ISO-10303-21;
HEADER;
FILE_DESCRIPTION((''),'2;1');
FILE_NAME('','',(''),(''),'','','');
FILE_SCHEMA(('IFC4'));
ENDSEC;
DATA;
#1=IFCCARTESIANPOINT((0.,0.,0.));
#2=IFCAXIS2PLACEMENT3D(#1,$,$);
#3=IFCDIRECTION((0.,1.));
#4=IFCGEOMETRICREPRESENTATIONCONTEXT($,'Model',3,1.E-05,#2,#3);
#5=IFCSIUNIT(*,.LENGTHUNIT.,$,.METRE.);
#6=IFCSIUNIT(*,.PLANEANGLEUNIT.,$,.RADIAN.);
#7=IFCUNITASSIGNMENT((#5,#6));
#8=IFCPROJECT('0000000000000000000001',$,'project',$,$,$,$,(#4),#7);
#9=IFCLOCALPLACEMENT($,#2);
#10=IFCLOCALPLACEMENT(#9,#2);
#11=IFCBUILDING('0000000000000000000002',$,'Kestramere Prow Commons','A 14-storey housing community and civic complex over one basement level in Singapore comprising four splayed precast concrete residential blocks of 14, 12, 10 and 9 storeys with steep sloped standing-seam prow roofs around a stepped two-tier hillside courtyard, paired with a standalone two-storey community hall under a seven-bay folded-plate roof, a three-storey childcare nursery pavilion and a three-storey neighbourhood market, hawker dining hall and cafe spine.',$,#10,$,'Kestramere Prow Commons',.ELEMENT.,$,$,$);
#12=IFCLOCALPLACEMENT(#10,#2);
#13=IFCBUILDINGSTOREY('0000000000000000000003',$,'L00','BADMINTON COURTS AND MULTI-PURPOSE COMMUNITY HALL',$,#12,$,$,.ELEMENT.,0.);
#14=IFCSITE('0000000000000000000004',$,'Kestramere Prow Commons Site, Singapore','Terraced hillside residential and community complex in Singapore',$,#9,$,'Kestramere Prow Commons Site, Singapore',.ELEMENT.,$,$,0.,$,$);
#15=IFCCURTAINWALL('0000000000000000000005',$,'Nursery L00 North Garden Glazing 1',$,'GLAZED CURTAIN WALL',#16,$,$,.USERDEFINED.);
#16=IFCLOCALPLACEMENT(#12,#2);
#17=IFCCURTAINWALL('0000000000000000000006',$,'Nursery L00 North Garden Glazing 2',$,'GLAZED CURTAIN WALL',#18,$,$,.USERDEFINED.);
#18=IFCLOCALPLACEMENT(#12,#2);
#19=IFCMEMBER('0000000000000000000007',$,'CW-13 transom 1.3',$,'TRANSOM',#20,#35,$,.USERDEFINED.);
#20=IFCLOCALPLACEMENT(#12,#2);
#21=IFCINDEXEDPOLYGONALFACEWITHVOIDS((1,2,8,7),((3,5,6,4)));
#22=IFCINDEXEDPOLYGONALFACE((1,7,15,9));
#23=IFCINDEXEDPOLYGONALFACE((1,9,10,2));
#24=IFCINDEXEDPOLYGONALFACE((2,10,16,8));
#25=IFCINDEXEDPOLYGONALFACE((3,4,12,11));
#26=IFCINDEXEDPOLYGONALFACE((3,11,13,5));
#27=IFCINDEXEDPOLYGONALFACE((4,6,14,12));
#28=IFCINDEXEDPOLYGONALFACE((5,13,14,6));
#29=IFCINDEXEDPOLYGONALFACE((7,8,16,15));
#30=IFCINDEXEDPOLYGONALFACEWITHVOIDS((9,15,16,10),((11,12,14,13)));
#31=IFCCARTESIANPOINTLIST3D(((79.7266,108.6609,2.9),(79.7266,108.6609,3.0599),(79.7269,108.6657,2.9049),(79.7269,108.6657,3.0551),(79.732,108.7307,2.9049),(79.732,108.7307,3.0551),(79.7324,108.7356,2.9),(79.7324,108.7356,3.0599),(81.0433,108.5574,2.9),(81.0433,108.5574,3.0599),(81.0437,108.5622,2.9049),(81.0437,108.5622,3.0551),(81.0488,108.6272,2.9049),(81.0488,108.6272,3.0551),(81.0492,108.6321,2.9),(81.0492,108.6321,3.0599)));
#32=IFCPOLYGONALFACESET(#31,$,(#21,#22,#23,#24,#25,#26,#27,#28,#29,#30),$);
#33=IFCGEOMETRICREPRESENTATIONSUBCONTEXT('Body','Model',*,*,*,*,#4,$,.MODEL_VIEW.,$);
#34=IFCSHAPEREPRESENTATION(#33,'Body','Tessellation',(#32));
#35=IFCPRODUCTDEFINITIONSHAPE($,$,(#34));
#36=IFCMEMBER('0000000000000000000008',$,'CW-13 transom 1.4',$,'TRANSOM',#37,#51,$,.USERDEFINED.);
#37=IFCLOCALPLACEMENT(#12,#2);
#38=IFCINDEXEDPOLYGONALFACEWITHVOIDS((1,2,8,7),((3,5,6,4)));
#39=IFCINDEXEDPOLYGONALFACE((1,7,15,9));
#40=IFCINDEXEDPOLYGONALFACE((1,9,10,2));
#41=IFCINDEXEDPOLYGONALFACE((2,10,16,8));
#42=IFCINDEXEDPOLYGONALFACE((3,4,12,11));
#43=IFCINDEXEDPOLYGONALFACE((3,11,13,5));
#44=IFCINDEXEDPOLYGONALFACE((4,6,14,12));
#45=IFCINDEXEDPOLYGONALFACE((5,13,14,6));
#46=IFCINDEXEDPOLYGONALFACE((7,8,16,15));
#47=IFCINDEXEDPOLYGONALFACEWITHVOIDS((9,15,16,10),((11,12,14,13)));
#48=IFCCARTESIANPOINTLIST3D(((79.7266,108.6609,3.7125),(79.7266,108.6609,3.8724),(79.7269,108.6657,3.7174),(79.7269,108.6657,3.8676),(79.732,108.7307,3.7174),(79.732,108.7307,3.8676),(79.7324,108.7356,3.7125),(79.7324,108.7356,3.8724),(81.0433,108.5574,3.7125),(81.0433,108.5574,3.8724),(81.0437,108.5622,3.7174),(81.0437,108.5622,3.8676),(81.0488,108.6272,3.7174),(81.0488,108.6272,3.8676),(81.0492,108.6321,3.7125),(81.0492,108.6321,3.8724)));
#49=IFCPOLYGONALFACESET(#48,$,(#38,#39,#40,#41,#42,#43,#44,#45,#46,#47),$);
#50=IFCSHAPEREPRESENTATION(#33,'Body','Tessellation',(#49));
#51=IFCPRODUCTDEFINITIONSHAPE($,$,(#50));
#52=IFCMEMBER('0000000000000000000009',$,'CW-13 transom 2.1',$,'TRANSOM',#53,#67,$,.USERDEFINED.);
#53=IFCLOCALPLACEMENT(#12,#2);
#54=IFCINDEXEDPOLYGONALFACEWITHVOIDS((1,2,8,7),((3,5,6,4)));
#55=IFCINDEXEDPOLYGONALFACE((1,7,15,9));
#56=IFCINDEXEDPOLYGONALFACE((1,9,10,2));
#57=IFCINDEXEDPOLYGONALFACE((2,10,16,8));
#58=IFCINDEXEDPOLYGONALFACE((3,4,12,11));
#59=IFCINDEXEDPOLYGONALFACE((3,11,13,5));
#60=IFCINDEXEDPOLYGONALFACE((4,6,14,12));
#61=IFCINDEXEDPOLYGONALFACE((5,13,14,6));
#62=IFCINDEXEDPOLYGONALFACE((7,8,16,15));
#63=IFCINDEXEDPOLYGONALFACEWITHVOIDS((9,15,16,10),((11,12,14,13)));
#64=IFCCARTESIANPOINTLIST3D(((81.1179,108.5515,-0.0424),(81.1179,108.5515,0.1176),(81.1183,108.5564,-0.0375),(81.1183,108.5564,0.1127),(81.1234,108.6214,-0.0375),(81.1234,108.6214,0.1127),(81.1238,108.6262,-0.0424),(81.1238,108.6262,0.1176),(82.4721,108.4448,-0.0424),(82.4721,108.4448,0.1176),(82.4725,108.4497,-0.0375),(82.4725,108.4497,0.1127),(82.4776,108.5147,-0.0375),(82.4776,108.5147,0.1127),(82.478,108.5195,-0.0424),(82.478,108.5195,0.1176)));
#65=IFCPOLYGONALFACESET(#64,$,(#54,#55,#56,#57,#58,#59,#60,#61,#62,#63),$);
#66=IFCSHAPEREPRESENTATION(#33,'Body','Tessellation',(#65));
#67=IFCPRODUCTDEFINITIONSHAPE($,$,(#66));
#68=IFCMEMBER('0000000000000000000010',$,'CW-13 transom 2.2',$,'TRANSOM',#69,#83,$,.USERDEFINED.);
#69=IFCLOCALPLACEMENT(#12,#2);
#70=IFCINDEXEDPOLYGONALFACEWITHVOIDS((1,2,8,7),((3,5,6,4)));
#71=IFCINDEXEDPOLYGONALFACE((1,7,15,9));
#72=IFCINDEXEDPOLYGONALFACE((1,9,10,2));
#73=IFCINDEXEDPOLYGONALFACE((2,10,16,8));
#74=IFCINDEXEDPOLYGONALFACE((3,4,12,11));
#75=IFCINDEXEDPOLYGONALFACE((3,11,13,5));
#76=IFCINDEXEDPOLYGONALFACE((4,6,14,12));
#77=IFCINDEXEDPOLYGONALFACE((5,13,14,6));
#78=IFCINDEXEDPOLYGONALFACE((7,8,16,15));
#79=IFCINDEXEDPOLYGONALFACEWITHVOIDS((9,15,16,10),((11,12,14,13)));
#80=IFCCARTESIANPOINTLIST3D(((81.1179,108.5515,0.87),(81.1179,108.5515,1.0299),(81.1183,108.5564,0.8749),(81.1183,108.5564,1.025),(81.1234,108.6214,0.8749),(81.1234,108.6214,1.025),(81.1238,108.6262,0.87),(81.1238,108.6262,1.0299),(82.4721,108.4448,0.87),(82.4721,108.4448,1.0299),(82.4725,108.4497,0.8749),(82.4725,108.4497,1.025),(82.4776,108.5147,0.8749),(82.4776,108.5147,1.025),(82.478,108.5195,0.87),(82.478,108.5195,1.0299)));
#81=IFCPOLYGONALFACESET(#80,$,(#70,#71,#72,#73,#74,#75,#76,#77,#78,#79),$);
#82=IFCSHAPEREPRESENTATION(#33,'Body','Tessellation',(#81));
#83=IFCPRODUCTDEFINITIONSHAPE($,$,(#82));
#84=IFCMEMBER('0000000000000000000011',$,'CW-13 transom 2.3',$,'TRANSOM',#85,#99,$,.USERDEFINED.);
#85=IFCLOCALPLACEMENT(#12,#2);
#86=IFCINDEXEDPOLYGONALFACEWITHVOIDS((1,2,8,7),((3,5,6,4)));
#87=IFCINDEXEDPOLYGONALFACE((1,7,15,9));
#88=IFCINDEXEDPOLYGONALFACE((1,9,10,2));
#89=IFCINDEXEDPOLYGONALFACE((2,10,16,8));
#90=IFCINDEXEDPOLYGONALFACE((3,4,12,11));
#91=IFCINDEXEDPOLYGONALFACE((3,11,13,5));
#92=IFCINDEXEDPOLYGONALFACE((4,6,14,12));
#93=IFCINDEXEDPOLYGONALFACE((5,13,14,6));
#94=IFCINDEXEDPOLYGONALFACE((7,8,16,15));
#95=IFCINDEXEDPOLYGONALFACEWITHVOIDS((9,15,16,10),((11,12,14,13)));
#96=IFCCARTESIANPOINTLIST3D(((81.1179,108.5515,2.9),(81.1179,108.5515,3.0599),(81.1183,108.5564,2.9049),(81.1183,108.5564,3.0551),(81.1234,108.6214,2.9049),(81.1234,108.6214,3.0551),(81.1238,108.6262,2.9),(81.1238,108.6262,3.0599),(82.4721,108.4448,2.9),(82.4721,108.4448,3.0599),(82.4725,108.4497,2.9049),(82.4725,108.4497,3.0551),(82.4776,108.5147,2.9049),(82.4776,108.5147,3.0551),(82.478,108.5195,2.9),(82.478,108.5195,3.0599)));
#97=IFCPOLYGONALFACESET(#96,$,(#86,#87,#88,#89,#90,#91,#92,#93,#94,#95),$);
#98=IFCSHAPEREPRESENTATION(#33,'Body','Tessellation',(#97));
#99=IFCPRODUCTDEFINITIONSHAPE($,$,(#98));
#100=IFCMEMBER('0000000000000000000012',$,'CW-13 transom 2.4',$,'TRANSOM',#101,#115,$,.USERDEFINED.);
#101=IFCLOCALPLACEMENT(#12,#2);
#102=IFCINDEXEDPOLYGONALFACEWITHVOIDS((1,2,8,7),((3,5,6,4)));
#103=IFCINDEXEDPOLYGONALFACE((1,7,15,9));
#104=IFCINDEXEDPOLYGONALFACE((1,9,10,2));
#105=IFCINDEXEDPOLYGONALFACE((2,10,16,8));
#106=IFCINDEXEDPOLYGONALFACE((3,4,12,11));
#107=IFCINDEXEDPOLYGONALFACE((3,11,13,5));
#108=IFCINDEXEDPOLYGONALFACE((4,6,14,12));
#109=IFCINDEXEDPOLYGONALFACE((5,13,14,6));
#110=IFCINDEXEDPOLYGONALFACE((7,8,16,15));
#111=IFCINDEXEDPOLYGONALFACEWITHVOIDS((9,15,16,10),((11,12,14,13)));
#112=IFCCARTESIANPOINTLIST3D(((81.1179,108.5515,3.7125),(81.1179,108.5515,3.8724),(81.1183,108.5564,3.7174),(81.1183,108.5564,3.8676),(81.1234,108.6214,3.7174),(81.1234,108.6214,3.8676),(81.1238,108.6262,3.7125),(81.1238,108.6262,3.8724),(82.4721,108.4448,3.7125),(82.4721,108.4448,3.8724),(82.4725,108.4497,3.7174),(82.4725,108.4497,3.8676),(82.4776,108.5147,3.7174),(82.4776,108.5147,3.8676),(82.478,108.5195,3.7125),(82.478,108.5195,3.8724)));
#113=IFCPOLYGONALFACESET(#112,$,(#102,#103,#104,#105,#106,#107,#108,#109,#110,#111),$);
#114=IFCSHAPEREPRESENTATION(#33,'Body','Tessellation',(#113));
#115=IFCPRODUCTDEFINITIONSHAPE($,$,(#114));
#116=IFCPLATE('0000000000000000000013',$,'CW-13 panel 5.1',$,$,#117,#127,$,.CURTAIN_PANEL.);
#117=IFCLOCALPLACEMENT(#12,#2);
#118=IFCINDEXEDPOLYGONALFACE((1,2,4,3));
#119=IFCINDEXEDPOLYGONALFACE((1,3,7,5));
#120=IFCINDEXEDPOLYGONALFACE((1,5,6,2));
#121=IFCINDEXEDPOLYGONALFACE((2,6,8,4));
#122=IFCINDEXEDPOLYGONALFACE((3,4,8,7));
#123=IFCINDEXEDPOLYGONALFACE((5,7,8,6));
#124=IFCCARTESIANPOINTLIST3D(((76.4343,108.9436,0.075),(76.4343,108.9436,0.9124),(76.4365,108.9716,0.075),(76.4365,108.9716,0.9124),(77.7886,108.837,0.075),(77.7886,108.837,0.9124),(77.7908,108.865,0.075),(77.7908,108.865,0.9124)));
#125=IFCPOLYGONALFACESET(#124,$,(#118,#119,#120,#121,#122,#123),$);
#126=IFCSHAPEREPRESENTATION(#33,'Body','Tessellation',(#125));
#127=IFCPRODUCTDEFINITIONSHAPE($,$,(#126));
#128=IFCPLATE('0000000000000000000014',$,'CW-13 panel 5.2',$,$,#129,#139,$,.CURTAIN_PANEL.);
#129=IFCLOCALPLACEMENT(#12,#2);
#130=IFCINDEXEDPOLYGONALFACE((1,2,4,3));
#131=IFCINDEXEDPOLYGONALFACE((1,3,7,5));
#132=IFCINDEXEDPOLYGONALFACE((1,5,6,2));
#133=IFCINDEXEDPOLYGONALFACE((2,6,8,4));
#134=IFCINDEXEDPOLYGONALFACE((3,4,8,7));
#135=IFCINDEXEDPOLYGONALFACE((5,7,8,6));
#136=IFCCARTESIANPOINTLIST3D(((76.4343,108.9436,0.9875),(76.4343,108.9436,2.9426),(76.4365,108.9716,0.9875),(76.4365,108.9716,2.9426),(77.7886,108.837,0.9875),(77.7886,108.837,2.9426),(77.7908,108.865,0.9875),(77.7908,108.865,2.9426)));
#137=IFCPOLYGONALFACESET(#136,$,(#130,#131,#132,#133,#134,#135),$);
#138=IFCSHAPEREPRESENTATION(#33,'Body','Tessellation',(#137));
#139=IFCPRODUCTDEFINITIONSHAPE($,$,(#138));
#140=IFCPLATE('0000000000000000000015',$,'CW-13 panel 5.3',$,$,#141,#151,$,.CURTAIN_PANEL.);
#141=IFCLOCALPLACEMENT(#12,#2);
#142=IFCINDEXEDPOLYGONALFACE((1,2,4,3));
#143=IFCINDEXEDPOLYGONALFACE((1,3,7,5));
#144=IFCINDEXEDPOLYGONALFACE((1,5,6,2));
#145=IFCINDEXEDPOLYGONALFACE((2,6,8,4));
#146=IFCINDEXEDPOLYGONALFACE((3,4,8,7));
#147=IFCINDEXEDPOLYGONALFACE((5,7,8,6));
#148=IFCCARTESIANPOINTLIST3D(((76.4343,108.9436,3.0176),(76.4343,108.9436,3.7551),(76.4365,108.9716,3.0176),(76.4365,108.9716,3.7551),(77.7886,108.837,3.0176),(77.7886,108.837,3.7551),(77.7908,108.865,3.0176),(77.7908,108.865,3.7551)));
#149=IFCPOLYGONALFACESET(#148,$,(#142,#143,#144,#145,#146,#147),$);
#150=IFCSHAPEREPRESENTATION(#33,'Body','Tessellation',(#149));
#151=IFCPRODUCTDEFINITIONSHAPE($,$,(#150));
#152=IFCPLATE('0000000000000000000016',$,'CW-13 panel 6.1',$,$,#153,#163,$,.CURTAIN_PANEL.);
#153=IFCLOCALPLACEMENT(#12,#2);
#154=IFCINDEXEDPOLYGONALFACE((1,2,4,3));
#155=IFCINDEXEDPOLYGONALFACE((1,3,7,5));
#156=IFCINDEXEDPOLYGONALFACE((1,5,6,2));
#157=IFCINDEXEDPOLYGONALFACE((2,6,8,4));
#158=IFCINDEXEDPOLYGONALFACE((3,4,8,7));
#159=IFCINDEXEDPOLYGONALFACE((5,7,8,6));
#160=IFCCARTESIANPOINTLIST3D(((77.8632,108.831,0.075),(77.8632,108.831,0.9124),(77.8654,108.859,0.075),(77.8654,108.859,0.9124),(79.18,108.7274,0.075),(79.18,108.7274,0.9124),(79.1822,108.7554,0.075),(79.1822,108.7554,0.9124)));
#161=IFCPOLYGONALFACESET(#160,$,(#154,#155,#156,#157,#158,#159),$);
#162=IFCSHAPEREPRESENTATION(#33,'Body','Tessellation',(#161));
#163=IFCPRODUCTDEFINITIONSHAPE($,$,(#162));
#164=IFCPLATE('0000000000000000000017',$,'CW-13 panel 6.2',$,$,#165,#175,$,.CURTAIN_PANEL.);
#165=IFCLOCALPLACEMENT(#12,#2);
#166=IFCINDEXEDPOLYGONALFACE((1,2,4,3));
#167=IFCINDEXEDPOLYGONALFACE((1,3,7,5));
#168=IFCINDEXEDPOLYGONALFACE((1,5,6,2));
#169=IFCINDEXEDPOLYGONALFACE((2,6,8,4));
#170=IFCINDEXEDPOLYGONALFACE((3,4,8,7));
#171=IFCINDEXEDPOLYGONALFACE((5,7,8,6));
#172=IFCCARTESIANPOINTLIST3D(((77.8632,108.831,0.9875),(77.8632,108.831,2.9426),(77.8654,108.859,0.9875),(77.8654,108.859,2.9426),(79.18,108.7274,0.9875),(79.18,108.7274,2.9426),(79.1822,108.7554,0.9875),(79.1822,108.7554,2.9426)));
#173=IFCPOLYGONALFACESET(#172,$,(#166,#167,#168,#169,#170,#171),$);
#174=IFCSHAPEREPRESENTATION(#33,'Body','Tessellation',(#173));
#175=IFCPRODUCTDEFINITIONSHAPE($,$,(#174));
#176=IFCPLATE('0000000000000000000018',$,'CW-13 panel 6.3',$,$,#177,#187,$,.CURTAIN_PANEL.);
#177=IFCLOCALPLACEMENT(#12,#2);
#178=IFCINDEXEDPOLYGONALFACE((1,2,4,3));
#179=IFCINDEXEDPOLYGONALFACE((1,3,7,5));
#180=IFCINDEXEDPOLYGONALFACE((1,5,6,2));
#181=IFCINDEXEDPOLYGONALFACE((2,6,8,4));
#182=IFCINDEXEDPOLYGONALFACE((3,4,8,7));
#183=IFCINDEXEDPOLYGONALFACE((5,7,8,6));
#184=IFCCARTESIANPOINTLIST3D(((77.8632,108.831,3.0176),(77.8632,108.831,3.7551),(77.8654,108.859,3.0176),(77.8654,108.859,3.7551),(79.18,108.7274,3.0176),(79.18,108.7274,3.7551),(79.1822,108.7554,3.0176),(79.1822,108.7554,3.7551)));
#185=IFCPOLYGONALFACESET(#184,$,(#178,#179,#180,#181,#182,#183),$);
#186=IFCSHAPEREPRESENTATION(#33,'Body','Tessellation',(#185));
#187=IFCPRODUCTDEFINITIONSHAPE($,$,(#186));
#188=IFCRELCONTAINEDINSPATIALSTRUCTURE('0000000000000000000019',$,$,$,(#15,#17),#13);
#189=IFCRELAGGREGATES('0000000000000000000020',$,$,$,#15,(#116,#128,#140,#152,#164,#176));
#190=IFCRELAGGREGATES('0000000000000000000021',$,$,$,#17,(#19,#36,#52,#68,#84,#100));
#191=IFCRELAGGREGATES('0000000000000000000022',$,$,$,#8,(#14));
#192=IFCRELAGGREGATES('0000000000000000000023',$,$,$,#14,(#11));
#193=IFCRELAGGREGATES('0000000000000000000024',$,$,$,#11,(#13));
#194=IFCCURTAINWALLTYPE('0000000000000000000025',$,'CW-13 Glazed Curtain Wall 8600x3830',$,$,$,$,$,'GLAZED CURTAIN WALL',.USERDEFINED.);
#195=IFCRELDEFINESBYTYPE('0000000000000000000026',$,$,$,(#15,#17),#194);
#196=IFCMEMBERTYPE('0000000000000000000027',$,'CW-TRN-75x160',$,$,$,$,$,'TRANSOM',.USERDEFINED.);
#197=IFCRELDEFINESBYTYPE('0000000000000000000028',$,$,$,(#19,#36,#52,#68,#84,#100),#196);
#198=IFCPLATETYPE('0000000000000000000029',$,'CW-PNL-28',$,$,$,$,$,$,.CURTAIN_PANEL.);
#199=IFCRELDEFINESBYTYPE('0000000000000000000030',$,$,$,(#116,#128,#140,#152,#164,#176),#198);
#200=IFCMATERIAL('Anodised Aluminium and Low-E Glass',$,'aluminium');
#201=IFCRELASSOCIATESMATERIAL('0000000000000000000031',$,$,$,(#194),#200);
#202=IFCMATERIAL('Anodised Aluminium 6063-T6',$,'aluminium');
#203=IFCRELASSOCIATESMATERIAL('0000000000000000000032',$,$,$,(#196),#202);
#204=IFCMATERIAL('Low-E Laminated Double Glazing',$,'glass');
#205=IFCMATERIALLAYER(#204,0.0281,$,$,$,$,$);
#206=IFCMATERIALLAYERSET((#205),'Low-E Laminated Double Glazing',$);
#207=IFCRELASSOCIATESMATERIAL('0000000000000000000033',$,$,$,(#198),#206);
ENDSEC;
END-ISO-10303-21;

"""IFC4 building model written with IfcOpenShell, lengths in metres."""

from ifc_helpers import new_model, si_unit, direction, frame, origin, origin_2d, place, context, subcontext, project, spatial, rectangle, hollow_rectangle, extrude, material, layer, layer_set, material_profile, profile_set, type_object, element, aggregate, save


model = new_model("IFC4")

# Units and contexts
model_context = context("Model", 3, precision=1e-05, world=origin(), true_north=direction((0.0, 1.0)))
body_context = subcontext(model_context, "Body", "Model", "MODEL_VIEW")
ifc_project = project(units=[si_unit("LENGTHUNIT", "METRE"), si_unit("PLANEANGLEUNIT", "RADIAN")], contexts=[model_context])

# Site, building, storey
site_placement = place(None, origin())
site = spatial("IfcSite", under=ifc_project, at=site_placement, Name="Kestramere Prow Commons Site, Singapore", Description="Terraced hillside residential and community complex in Singapore", LongName="Kestramere Prow Commons Site, Singapore", CompositionType="ELEMENT", RefElevation=0.0)
building_placement = place(site_placement, origin())
building = spatial("IfcBuilding", under=site, at=building_placement, Name="Kestramere Prow Commons", Description="A 14-storey housing community and civic complex over one basement level in Singapore comprising four splayed precast concrete residential blocks of 14, 12, 10 and 9 storeys with steep sloped standing-seam prow roofs around a stepped two-tier hillside courtyard, paired with a standalone two-storey community hall under a seven-bay folded-plate roof, a three-storey childcare nursery pavilion and a three-storey neighbourhood market, hawker dining hall and cafe spine.", LongName="Kestramere Prow Commons", CompositionType="ELEMENT")
storey_placement = place(building_placement, origin())
storey = spatial("IfcBuildingStorey", under=building, at=storey_placement, Name="L00", Description="BADMINTON COURTS AND MULTI-PURPOSE COMMUNITY HALL", CompositionType="ELEMENT", Elevation=0.0)

# Curtain walls
ifc_material_1 = material(Name="Anodised Aluminium and Low-E Glass", Category="aluminium")
curtain_wall_type = type_object("IfcCurtainWallType", Name="CW-13 Glazed Curtain Wall 8600x3830", ElementType="GLAZED CURTAIN WALL", PredefinedType="USERDEFINED", material=ifc_material_1)
curtain_wall_1_placement = place(storey_placement, origin())
curtain_wall_1 = element("IfcCurtainWall", 1, at=curtain_wall_1_placement, inside=storey, type_object=curtain_wall_type, Name="Nursery L00 North Garden Glazing 1", ObjectType="GLAZED CURTAIN WALL", PredefinedType="USERDEFINED")
ifc_material_2 = material(Name="Anodised Aluminium 6063-T6", Category="aluminium")
curtain_wall_2_placement = place(storey_placement, origin())
curtain_wall_2 = element("IfcCurtainWall", 2, at=curtain_wall_2_placement, inside=storey, type_object=curtain_wall_type, Name="Nursery L00 North Garden Glazing 2", ObjectType="GLAZED CURTAIN WALL", PredefinedType="USERDEFINED")

# Members
ifc_material_profile_1 = material_profile(ifc_material_2, hollow_rectangle(XDim=0.075, YDim=0.1599, WallThickness=0.0049, at=origin_2d()), Name="ALU-TRN 75x160")
ifc_profile_set_1 = profile_set([ifc_material_profile_1], Name="Anodised Aluminium 6063-T6")
member_type_1 = type_object("IfcMemberType", Name="CW-TRN-75x160", ElementType="TRANSOM", PredefinedType="USERDEFINED", material=ifc_profile_set_1)
member_1_placement = place(storey_placement, frame((79.7295, 108.6982, 2.98), z_axis=(0.996924, -0.078379, 0.0), x_axis=(0.078379, 0.996924, 0.0)))
member_1 = element("IfcMember", 3, at=member_1_placement, type_object=member_type_1, Name="CW-13 transom 1.3", ObjectType="TRANSOM", PredefinedType="USERDEFINED", context=body_context, shape_type="SweptSolid", body=[
    extrude(hollow_rectangle(XDim=0.075, YDim=0.1599, WallThickness=0.0049, at=origin_2d()), origin(), (0.0, 0.0, 1.0), 1.3208),
])
member_2_placement = place(storey_placement, frame((79.7295, 108.6982, 3.7925), z_axis=(0.996924, -0.078379, 0.0), x_axis=(0.078379, 0.996924, 0.0)))
member_2 = element("IfcMember", 4, at=member_2_placement, type_object=member_type_1, Name="CW-13 transom 1.4", ObjectType="TRANSOM", PredefinedType="USERDEFINED", context=body_context, shape_type="SweptSolid", body=[
    extrude(hollow_rectangle(XDim=0.075, YDim=0.1599, WallThickness=0.0049, at=origin_2d()), origin(), (0.0, 0.0, 1.0), 1.3208),
])
member_3_placement = place(storey_placement, frame((81.1208, 108.5889, 0.0376), z_axis=(0.996911, -0.078538, 0.0), x_axis=(0.078538, 0.996911, 0.0)))
member_3 = element("IfcMember", 5, at=member_3_placement, type_object=member_type_1, Name="CW-13 transom 2.1", ObjectType="TRANSOM", PredefinedType="USERDEFINED", context=body_context, shape_type="SweptSolid", body=[
    extrude(hollow_rectangle(XDim=0.075, YDim=0.1599, WallThickness=0.0049, at=origin_2d()), origin(), (0.0, 0.0, 1.0), 1.3584),
])
member_4_placement = place(storey_placement, frame((81.1208, 108.5889, 0.95), z_axis=(0.996911, -0.078538, 0.0), x_axis=(0.078538, 0.996911, 0.0)))
member_4 = element("IfcMember", 6, at=member_4_placement, type_object=member_type_1, Name="CW-13 transom 2.2", ObjectType="TRANSOM", PredefinedType="USERDEFINED", context=body_context, shape_type="SweptSolid", body=[
    extrude(hollow_rectangle(XDim=0.075, YDim=0.1599, WallThickness=0.0049, at=origin_2d()), origin(), (0.0, 0.0, 1.0), 1.3584),
])
member_5_placement = place(storey_placement, frame((81.1208, 108.5889, 2.98), z_axis=(0.996911, -0.078538, 0.0), x_axis=(0.078538, 0.996911, 0.0)))
member_5 = element("IfcMember", 7, at=member_5_placement, type_object=member_type_1, Name="CW-13 transom 2.3", ObjectType="TRANSOM", PredefinedType="USERDEFINED", context=body_context, shape_type="SweptSolid", body=[
    extrude(hollow_rectangle(XDim=0.075, YDim=0.1599, WallThickness=0.0049, at=origin_2d()), origin(), (0.0, 0.0, 1.0), 1.3584),
])
member_6_placement = place(storey_placement, frame((81.1208, 108.5889, 3.7925), z_axis=(0.996911, -0.078538, 0.0), x_axis=(0.078538, 0.996911, 0.0)))
member_6 = element("IfcMember", 8, at=member_6_placement, type_object=member_type_1, Name="CW-13 transom 2.4", ObjectType="TRANSOM", PredefinedType="USERDEFINED", context=body_context, shape_type="SweptSolid", body=[
    extrude(hollow_rectangle(XDim=0.075, YDim=0.1599, WallThickness=0.0049, at=origin_2d()), origin(), (0.0, 0.0, 1.0), 1.3584),
])

# Plates
ifc_material_3 = material(Name="Low-E Laminated Double Glazing", Category="glass")
ifc_layer = layer(ifc_material_3, 0.0281)
ifc_layer_set = layer_set([ifc_layer], Name="Low-E Laminated Double Glazing")
plate_type = type_object("IfcPlateType", Name="CW-PNL-28", PredefinedType="CURTAIN_PANEL", material=ifc_layer_set)
plate_1_placement = place(storey_placement, frame((77.1125, 108.9043, 0.075), z_axis=(0.0, 0.0, 1.0), x_axis=(0.996917, -0.078459, 0.0)))
plate_1 = element("IfcPlate", 9, at=plate_1_placement, type_object=plate_type, Name="CW-13 panel 5.1", PredefinedType="CURTAIN_PANEL", context=body_context, shape_type="SweptSolid", body=[
    extrude(rectangle(XDim=1.3584, YDim=0.0281, at=origin_2d()), origin(), (0.0, 0.0, 1.0), 0.8374),
])
plate_2_placement = place(storey_placement, frame((77.1125, 108.9043, 0.9875), z_axis=(0.0, 0.0, 1.0), x_axis=(0.996917, -0.078459, 0.0)))
plate_2 = element("IfcPlate", 10, at=plate_2_placement, type_object=plate_type, Name="CW-13 panel 5.2", PredefinedType="CURTAIN_PANEL", context=body_context, shape_type="SweptSolid", body=[
    extrude(rectangle(XDim=1.3584, YDim=0.0281, at=origin_2d()), origin(), (0.0, 0.0, 1.0), 1.9551),
])
plate_3_placement = place(storey_placement, frame((77.1125, 108.9043, 3.0176), z_axis=(0.0, 0.0, 1.0), x_axis=(0.996917, -0.078459, 0.0)))
plate_3 = element("IfcPlate", 11, at=plate_3_placement, type_object=plate_type, Name="CW-13 panel 5.3", PredefinedType="CURTAIN_PANEL", context=body_context, shape_type="SweptSolid", body=[
    extrude(rectangle(XDim=1.3584, YDim=0.0281, at=origin_2d()), origin(), (0.0, 0.0, 1.0), 0.7375),
])
plate_4_placement = place(storey_placement, frame((78.5227, 108.7932, 0.075), z_axis=(0.0, 0.0, 1.0), x_axis=(0.996917, -0.078459, 0.0)))
plate_4 = element("IfcPlate", 12, at=plate_4_placement, type_object=plate_type, Name="CW-13 panel 6.1", PredefinedType="CURTAIN_PANEL", context=body_context, shape_type="SweptSolid", body=[
    extrude(rectangle(XDim=1.3208, YDim=0.0281, at=origin_2d()), origin(), (0.0, 0.0, 1.0), 0.8374),
])
plate_5_placement = place(storey_placement, frame((78.5227, 108.7932, 0.9875), z_axis=(0.0, 0.0, 1.0), x_axis=(0.996917, -0.078459, 0.0)))
plate_5 = element("IfcPlate", 13, at=plate_5_placement, type_object=plate_type, Name="CW-13 panel 6.2", PredefinedType="CURTAIN_PANEL", context=body_context, shape_type="SweptSolid", body=[
    extrude(rectangle(XDim=1.3208, YDim=0.0281, at=origin_2d()), origin(), (0.0, 0.0, 1.0), 1.9551),
])
plate_6_placement = place(storey_placement, frame((78.5227, 108.7932, 3.0176), z_axis=(0.0, 0.0, 1.0), x_axis=(0.996917, -0.078459, 0.0)))
plate_6 = element("IfcPlate", 14, at=plate_6_placement, type_object=plate_type, Name="CW-13 panel 6.3", PredefinedType="CURTAIN_PANEL", context=body_context, shape_type="SweptSolid", body=[
    extrude(rectangle(XDim=1.3208, YDim=0.0281, at=origin_2d()), origin(), (0.0, 0.0, 1.0), 0.7375),
])
aggregate(curtain_wall_1, [plate_1, plate_2, plate_3, plate_4, plate_5, plate_6])
aggregate(curtain_wall_2, [member_1, member_2, member_3, member_4, member_5, member_6])

save(model, "model.ifc")
